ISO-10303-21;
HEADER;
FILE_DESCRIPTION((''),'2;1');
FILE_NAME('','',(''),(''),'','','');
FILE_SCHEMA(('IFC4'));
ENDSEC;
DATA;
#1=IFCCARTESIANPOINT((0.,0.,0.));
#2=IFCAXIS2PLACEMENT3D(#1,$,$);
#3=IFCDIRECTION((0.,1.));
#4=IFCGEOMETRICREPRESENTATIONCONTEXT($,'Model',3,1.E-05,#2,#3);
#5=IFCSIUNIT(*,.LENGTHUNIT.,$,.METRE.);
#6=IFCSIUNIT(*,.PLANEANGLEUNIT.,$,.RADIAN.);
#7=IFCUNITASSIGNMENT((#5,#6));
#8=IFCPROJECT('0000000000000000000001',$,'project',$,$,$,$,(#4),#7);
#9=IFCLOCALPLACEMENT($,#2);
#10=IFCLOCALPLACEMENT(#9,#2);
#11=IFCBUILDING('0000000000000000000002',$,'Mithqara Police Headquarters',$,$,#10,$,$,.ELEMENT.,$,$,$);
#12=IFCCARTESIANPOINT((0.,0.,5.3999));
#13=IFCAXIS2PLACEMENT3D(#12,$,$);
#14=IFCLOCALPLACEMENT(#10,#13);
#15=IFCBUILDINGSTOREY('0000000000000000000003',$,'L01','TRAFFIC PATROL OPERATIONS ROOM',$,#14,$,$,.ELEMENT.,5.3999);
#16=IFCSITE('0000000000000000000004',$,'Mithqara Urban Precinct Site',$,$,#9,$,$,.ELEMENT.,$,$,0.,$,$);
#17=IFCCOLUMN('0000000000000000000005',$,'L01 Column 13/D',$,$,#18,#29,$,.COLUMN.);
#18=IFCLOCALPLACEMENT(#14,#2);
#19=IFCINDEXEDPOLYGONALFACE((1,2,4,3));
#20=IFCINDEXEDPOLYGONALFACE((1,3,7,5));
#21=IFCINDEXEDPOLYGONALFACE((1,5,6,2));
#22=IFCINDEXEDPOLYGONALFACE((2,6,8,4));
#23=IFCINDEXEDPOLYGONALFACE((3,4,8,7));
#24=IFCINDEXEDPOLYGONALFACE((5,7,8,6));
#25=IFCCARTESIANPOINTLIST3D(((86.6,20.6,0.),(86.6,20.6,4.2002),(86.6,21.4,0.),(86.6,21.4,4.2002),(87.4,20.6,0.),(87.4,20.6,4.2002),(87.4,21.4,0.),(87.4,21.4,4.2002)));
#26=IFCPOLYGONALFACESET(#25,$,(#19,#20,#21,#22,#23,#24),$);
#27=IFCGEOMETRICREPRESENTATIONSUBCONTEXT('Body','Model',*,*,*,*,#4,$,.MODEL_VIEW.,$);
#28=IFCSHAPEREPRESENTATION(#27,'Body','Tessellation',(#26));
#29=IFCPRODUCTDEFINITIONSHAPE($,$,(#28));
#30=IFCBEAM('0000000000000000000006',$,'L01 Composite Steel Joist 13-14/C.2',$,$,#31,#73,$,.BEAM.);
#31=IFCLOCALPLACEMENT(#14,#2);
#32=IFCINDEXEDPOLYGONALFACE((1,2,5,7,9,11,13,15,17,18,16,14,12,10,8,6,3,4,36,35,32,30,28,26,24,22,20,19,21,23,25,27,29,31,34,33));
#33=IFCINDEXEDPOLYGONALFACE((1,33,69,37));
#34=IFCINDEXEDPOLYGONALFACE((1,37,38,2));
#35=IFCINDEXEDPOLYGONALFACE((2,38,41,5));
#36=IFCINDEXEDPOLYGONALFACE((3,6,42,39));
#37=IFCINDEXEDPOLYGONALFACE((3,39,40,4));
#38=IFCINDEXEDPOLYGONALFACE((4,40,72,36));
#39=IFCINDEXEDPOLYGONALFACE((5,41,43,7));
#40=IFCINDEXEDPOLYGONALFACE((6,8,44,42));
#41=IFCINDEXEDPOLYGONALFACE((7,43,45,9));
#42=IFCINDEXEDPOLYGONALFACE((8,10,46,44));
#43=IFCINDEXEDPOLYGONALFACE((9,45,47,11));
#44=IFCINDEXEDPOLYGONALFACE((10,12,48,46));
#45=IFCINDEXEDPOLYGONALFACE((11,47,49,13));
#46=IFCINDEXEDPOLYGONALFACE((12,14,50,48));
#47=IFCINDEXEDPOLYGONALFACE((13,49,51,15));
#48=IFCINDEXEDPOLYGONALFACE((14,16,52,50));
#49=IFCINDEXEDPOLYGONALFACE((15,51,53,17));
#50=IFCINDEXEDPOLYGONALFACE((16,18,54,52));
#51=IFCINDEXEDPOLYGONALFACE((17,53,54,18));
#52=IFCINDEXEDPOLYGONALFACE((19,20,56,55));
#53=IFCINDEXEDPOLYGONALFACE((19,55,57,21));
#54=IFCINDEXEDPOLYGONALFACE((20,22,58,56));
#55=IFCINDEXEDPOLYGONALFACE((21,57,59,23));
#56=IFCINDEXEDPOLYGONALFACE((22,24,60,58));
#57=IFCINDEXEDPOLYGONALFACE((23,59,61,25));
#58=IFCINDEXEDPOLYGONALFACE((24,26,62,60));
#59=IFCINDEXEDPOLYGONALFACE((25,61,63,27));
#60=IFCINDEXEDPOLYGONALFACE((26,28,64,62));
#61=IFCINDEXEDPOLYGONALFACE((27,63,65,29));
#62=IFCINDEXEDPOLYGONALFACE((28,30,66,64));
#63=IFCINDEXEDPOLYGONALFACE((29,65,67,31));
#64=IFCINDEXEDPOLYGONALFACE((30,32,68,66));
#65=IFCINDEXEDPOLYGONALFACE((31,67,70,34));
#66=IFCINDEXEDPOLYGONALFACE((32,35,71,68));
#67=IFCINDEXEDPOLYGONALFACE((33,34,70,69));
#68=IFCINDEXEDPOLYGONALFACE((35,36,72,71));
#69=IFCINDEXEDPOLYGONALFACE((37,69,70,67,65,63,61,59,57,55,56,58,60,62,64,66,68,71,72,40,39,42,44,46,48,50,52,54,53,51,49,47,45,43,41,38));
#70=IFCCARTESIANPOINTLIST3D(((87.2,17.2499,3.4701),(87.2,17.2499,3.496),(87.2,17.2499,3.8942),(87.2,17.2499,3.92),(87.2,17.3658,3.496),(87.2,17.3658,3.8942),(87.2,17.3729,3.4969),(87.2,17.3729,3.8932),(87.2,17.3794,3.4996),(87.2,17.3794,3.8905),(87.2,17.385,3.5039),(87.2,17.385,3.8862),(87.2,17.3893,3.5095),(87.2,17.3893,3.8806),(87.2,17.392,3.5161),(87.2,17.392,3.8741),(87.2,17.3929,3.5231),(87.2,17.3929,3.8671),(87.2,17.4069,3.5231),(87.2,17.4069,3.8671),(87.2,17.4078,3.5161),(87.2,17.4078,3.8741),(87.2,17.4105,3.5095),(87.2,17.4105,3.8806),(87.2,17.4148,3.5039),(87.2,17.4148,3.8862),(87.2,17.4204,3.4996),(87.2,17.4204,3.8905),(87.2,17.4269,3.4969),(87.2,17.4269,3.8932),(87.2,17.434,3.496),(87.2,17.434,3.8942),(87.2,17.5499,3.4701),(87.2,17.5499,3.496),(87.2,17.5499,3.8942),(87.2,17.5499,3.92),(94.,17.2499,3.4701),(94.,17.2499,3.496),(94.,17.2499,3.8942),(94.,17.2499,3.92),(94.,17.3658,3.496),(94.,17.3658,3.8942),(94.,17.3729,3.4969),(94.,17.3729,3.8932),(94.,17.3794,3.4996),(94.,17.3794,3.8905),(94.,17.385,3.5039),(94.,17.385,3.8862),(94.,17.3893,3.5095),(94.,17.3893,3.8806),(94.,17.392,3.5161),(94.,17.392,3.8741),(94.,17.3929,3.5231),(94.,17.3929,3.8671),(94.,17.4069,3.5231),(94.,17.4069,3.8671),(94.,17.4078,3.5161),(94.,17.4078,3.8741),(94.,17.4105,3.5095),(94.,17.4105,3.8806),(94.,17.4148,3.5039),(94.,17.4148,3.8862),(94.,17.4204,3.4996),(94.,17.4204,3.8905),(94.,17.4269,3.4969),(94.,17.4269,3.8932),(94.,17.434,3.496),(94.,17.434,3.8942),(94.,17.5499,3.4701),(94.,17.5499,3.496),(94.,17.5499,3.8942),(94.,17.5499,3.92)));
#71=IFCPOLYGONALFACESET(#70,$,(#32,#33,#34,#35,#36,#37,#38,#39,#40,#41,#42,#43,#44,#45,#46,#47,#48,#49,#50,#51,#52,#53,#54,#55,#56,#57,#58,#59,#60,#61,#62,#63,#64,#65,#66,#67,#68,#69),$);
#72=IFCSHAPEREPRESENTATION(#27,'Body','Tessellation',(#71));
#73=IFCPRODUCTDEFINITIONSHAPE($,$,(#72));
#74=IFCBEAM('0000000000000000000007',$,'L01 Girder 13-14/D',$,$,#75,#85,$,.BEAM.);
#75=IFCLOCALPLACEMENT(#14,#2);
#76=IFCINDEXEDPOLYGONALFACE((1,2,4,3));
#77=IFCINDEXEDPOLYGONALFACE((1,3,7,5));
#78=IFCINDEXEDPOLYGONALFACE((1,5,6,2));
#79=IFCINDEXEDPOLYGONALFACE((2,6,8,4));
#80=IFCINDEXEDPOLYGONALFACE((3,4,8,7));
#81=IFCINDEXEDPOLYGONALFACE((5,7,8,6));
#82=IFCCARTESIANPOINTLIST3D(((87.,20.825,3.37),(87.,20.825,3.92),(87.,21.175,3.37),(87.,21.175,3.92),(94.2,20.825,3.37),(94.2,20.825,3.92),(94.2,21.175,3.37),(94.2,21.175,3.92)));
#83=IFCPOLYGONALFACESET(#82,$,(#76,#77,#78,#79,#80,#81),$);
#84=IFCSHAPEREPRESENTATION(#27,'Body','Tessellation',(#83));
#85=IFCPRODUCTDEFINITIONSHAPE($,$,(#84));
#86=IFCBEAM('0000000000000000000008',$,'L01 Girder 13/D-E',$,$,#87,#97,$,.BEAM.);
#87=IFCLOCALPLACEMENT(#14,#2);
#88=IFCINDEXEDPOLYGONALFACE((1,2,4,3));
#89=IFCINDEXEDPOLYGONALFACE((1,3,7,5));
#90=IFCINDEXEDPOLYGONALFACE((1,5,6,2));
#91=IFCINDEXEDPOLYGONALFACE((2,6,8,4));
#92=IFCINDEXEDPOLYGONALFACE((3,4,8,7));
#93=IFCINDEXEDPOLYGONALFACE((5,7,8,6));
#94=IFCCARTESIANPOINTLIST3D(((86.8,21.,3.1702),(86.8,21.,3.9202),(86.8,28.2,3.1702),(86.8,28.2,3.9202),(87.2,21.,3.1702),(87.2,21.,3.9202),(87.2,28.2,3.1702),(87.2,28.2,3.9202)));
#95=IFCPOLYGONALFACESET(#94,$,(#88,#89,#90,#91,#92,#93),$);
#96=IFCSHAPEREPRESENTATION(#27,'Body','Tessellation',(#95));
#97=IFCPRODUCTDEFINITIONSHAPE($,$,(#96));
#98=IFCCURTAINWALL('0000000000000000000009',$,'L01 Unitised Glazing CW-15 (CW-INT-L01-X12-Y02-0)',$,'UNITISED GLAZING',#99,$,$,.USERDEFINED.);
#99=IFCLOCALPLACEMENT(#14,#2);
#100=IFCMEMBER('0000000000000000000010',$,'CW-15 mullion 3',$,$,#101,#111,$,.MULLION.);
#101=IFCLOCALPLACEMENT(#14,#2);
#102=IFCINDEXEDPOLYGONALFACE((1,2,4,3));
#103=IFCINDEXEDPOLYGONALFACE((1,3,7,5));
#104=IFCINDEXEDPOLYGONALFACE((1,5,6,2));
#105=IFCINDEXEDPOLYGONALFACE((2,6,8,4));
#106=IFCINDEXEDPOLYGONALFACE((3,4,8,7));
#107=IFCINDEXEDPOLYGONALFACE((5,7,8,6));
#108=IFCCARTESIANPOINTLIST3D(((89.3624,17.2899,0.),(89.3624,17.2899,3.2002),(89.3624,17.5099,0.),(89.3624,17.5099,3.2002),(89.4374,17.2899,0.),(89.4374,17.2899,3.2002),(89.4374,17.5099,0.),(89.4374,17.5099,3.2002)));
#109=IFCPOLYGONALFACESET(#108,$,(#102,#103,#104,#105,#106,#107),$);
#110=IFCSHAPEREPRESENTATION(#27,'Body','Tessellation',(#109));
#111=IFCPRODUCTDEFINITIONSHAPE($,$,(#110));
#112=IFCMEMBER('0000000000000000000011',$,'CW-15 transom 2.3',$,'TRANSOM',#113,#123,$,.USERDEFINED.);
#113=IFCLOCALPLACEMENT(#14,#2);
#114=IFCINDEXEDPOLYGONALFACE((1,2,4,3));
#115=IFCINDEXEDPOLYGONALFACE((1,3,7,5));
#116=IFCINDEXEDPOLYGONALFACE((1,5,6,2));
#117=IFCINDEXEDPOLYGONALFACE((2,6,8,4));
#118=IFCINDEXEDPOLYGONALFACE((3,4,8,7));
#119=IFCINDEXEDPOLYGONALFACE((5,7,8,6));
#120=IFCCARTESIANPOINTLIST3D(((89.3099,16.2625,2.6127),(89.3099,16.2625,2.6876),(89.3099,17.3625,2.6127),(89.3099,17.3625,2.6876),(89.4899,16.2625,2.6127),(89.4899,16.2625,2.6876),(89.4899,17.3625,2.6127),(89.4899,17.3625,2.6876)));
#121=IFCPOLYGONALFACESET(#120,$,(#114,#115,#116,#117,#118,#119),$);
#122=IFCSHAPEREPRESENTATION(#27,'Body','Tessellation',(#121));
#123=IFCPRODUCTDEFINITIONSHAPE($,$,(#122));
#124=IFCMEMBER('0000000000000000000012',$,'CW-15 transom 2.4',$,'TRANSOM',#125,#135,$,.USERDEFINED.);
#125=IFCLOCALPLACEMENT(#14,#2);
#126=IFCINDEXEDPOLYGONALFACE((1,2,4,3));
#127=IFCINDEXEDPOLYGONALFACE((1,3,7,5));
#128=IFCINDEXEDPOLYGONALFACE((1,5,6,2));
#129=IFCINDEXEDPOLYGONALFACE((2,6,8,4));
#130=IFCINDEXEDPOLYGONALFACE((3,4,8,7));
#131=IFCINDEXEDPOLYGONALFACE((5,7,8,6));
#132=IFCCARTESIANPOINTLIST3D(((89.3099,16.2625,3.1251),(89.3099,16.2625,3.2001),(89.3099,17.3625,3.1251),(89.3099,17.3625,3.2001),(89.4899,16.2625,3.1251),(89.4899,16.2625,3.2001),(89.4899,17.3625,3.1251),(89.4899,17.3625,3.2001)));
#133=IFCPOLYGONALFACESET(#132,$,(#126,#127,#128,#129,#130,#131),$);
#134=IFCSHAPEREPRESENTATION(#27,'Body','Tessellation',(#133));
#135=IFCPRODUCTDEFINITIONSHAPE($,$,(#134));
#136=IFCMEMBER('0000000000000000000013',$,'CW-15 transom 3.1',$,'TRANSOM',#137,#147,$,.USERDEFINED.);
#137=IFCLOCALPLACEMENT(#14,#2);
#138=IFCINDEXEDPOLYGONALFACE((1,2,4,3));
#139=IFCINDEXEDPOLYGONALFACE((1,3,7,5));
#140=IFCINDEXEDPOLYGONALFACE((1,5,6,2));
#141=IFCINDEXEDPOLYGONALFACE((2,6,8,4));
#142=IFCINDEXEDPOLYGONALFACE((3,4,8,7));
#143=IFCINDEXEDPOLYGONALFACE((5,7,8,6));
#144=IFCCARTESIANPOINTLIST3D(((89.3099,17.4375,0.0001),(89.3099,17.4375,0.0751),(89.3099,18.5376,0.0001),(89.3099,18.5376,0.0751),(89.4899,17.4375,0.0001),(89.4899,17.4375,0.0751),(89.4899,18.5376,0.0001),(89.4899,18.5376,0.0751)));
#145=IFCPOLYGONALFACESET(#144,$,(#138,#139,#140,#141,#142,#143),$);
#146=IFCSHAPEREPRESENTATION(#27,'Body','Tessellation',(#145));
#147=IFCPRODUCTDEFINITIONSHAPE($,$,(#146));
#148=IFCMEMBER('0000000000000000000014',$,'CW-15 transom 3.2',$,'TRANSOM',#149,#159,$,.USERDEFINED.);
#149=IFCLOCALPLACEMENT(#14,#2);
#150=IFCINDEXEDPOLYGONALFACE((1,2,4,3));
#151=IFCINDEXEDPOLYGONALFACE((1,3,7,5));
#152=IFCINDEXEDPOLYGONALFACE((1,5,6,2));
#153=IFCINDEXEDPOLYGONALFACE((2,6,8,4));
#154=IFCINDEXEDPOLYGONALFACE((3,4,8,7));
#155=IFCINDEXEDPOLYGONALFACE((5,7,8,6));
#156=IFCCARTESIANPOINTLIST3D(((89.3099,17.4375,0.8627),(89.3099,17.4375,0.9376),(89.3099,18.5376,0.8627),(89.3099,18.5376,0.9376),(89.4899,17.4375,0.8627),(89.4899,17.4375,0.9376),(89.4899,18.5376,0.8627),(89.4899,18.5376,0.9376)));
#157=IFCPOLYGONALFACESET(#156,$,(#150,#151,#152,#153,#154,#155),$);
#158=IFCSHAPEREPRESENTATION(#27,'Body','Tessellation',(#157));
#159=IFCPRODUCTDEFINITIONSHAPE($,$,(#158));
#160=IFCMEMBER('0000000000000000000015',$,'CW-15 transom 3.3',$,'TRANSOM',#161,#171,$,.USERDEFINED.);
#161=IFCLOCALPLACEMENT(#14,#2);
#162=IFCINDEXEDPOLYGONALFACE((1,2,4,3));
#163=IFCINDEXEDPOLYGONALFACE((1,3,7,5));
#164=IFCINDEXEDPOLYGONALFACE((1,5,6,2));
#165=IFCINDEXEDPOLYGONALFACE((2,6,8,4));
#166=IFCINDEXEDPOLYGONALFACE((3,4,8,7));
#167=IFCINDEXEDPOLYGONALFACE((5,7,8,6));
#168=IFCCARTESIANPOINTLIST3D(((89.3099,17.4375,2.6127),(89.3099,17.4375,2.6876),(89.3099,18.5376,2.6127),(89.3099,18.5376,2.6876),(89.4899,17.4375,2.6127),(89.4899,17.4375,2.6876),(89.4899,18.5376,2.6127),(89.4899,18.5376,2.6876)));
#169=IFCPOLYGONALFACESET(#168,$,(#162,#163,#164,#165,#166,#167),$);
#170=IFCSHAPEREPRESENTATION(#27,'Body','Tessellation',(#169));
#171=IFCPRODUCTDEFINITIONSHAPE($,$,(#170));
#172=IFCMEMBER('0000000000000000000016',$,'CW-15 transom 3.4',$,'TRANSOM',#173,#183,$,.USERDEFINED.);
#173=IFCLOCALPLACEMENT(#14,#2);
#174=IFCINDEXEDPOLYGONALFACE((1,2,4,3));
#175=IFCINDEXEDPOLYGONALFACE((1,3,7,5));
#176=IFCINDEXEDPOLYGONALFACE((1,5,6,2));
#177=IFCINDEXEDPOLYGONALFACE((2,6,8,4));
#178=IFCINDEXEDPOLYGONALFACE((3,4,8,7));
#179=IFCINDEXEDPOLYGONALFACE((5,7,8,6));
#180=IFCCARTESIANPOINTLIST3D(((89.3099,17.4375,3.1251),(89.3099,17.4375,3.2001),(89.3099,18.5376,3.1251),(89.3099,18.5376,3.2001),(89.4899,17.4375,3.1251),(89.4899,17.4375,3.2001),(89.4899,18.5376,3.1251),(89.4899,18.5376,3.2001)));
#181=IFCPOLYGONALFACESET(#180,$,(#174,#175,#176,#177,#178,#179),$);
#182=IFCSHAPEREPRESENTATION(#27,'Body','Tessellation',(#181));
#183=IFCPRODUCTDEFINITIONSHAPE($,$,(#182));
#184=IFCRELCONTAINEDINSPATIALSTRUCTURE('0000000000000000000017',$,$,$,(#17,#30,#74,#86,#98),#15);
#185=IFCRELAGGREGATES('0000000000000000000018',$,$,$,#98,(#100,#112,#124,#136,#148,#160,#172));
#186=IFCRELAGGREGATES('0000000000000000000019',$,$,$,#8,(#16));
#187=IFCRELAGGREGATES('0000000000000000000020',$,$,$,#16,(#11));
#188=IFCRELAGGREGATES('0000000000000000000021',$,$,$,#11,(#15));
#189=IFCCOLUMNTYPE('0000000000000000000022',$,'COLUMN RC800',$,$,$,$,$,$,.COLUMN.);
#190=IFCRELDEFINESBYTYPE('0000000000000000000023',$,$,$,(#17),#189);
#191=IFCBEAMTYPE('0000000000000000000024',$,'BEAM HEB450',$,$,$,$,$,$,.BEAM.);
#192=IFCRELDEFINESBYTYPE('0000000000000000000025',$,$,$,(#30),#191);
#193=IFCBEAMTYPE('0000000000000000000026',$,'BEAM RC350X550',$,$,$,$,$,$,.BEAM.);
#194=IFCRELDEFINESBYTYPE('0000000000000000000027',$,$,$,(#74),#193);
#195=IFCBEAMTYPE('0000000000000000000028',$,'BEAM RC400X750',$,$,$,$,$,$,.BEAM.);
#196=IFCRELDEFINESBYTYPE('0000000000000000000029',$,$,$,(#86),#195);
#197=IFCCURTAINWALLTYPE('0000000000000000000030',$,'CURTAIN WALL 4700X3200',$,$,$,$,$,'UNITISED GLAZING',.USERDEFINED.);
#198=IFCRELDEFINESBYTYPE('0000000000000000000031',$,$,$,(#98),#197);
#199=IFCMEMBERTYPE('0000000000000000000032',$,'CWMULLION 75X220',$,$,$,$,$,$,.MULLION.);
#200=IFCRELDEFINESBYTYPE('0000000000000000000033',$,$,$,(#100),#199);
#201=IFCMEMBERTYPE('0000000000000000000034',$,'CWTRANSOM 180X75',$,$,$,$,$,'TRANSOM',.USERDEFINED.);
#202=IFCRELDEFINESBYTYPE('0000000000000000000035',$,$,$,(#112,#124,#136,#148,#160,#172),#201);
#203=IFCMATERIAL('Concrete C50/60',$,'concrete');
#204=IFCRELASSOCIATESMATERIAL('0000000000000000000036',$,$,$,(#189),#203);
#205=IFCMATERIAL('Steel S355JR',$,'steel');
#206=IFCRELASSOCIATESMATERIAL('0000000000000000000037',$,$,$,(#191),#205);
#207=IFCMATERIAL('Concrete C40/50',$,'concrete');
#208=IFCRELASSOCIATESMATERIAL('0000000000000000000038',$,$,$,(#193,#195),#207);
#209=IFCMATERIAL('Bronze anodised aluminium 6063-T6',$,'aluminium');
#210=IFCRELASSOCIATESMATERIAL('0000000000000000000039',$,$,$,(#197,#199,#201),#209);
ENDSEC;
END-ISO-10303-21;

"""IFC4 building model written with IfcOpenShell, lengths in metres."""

from ifc_helpers import new_model, si_unit, direction, frame, origin, origin_2d, place, context, subcontext, project, spatial, rectangle, i_section, extrude, material, material_profile, profile_set, type_object, element, aggregate, save


model = new_model("IFC4")

# Units and contexts
model_context = context("Model", 3, precision=1e-05, world=origin(), true_north=direction((0.0, 1.0)))
body_context = subcontext(model_context, "Body", "Model", "MODEL_VIEW")
ifc_project = project(units=[si_unit("LENGTHUNIT", "METRE"), si_unit("PLANEANGLEUNIT", "RADIAN")], contexts=[model_context])

# Site, building, storey
site_placement = place(None, origin())
site = spatial("IfcSite", under=ifc_project, at=site_placement, Name="Mithqara Urban Precinct Site", CompositionType="ELEMENT", RefElevation=0.0)
building_placement = place(site_placement, origin())
building = spatial("IfcBuilding", under=site, at=building_placement, Name="Mithqara Police Headquarters", CompositionType="ELEMENT")
storey_placement = place(building_placement, frame((0.0, 0.0, 5.3999)))
storey = spatial("IfcBuildingStorey", under=building, at=storey_placement, Name="L01", Description="TRAFFIC PATROL OPERATIONS ROOM", CompositionType="ELEMENT", Elevation=5.3999)

# Column
ifc_material_1 = material(Name="Concrete C50/60", Category="concrete")
ifc_material_profile_1 = material_profile(ifc_material_1, rectangle(XDim=0.8, YDim=0.8, at=origin_2d()), Name="RC 800x800")
ifc_profile_set_1 = profile_set([ifc_material_profile_1], Name="Concrete C50/60")
column_type = type_object("IfcColumnType", Name="COLUMN RC800", PredefinedType="COLUMN", material=ifc_profile_set_1)
column_placement = place(storey_placement, frame((87.0, 21.0, 0.0), z_axis=(0.0, 0.0, 1.0), x_axis=(1.0, 0.0, 0.0)))
element("IfcColumn", 1, at=column_placement, inside=storey, type_object=column_type, Name="L01 Column 13/D", PredefinedType="COLUMN", context=body_context, shape_type="SweptSolid", body=[
    extrude(rectangle(XDim=0.8, YDim=0.8, at=origin_2d()), origin(), (0.0, 0.0, 1.0), 4.2002),
])

# Beams
ifc_material_2 = material(Name="Steel S355JR", Category="steel")
ifc_material_profile_2 = material_profile(ifc_material_2, i_section(OverallWidth=0.3, OverallDepth=0.45, WebThickness=0.0139, FlangeThickness=0.0259, FilletRadius=0.0271, at=origin_2d()), Name="HEB 450")
ifc_profile_set_2 = profile_set([ifc_material_profile_2], Name="Steel S355JR")
beam_type_1 = type_object("IfcBeamType", Name="BEAM HEB450", PredefinedType="BEAM", material=ifc_profile_set_2)
beam_1_placement = place(storey_placement, frame((87.2, 17.3999, 3.6951), z_axis=(1.0, 0.0, 0.0), x_axis=(0.0, 1.0, 0.0)))
element("IfcBeam", 2, at=beam_1_placement, inside=storey, type_object=beam_type_1, Name="L01 Composite Steel Joist 13-14/C.2", PredefinedType="BEAM", context=body_context, shape_type="SweptSolid", body=[
    extrude(i_section(OverallWidth=0.3, OverallDepth=0.45, WebThickness=0.0139, FlangeThickness=0.0259, FilletRadius=0.0271, at=origin_2d()), origin(), (0.0, 0.0, 1.0), 6.8),
])
ifc_material_3 = material(Name="Concrete C40/50", Category="concrete")
ifc_material_profile_3 = material_profile(ifc_material_3, rectangle(XDim=0.3501, YDim=0.55, at=origin_2d()), Name="RC 350x550")
ifc_profile_set_3 = profile_set([ifc_material_profile_3], Name="Concrete C40/50")
beam_type_2 = type_object("IfcBeamType", Name="BEAM RC350X550", PredefinedType="BEAM", material=ifc_profile_set_3)
beam_2_placement = place(storey_placement, frame((87.0, 21.0, 3.645), z_axis=(1.0, 0.0, 0.0), x_axis=(0.0, 1.0, 0.0)))
element("IfcBeam", 3, at=beam_2_placement, inside=storey, type_object=beam_type_2, Name="L01 Girder 13-14/D", PredefinedType="BEAM", context=body_context, shape_type="SweptSolid", body=[
    extrude(rectangle(XDim=0.3501, YDim=0.55, at=origin_2d()), origin(), (0.0, 0.0, 1.0), 7.2),
])
ifc_material_profile_4 = material_profile(ifc_material_3, rectangle(XDim=0.3999, YDim=0.75, at=origin_2d()), Name="RC 400x750")
ifc_profile_set_4 = profile_set([ifc_material_profile_4], Name="Concrete C40/50")
beam_type_3 = type_object("IfcBeamType", Name="BEAM RC400X750", PredefinedType="BEAM", material=ifc_profile_set_4)
beam_3_placement = place(storey_placement, frame((87.0, 21.0, 3.5452), z_axis=(0.0, 1.0, 0.0), x_axis=(-1.0, 0.0, 0.0)))
element("IfcBeam", 4, at=beam_3_placement, inside=storey, type_object=beam_type_3, Name="L01 Girder 13/D-E", PredefinedType="BEAM", context=body_context, shape_type="SweptSolid", body=[
    extrude(rectangle(XDim=0.3999, YDim=0.75, at=origin_2d()), origin(), (0.0, 0.0, 1.0), 7.2),
])

# Curtain wall, members
ifc_material_4 = material(Name="Bronze anodised aluminium 6063-T6", Category="aluminium")
curtain_wall_type = type_object("IfcCurtainWallType", Name="CURTAIN WALL 4700X3200", ElementType="UNITISED GLAZING", PredefinedType="USERDEFINED", material=ifc_material_4)
curtain_wall_placement = place(storey_placement, origin())
curtain_wall = element("IfcCurtainWall", 5, at=curtain_wall_placement, inside=storey, type_object=curtain_wall_type, Name="L01 Unitised Glazing CW-15 (CW-INT-L01-X12-Y02-0)", ObjectType="UNITISED GLAZING", PredefinedType="USERDEFINED")
ifc_material_profile_5 = material_profile(ifc_material_4, rectangle(XDim=0.075, YDim=0.22, at=origin_2d()), Name="CWM 75x220")
ifc_profile_set_5 = profile_set([ifc_material_profile_5], Name="Bronze anodised aluminium 6063-T6")
member_type_1 = type_object("IfcMemberType", Name="CWMULLION 75X220", PredefinedType="MULLION", material=ifc_profile_set_5)
member_1_placement = place(storey_placement, frame((89.3999, 17.3999, 0.0), z_axis=(0.0, 0.0, 1.0), x_axis=(-1.0, 0.0, 0.0)))
member_1 = element("IfcMember", 6, at=member_1_placement, type_object=member_type_1, Name="CW-15 mullion 3", PredefinedType="MULLION", context=body_context, shape_type="SweptSolid", body=[
    extrude(rectangle(XDim=0.075, YDim=0.22, at=origin_2d()), origin(), (0.0, 0.0, 1.0), 3.2002),
])
ifc_material_profile_6 = material_profile(ifc_material_4, rectangle(XDim=0.1799, YDim=0.075, at=origin_2d()), Name="CWT 180x75")
ifc_profile_set_6 = profile_set([ifc_material_profile_6], Name="Bronze anodised aluminium 6063-T6")
member_type_2 = type_object("IfcMemberType", Name="CWTRANSOM 180X75", ElementType="TRANSOM", PredefinedType="USERDEFINED", material=ifc_profile_set_6)
member_2_placement = place(storey_placement, frame((89.3999, 16.2625, 2.6501), z_axis=(0.0, 1.0, 0.0), x_axis=(-1.0, 0.0, 0.0)))
member_2 = element("IfcMember", 7, at=member_2_placement, type_object=member_type_2, Name="CW-15 transom 2.3", ObjectType="TRANSOM", PredefinedType="USERDEFINED", context=body_context, shape_type="SweptSolid", body=[
    extrude(rectangle(XDim=0.1799, YDim=0.075, at=origin_2d()), origin(), (0.0, 0.0, 1.0), 1.1001),
])
member_3_placement = place(storey_placement, frame((89.3999, 16.2625, 3.1626), z_axis=(0.0, 1.0, 0.0), x_axis=(-1.0, 0.0, 0.0)))
member_3 = element("IfcMember", 8, at=member_3_placement, type_object=member_type_2, Name="CW-15 transom 2.4", ObjectType="TRANSOM", PredefinedType="USERDEFINED", context=body_context, shape_type="SweptSolid", body=[
    extrude(rectangle(XDim=0.1799, YDim=0.075, at=origin_2d()), origin(), (0.0, 0.0, 1.0), 1.1001),
])
member_4_placement = place(storey_placement, frame((89.3999, 17.4375, 0.0376), z_axis=(0.0, 1.0, 0.0), x_axis=(-1.0, 0.0, 0.0)))
member_4 = element("IfcMember", 9, at=member_4_placement, type_object=member_type_2, Name="CW-15 transom 3.1", ObjectType="TRANSOM", PredefinedType="USERDEFINED", context=body_context, shape_type="SweptSolid", body=[
    extrude(rectangle(XDim=0.1799, YDim=0.075, at=origin_2d()), origin(), (0.0, 0.0, 1.0), 1.1001),
])
member_5_placement = place(storey_placement, frame((89.3999, 17.4375, 0.9001), z_axis=(0.0, 1.0, 0.0), x_axis=(-1.0, 0.0, 0.0)))
member_5 = element("IfcMember", 10, at=member_5_placement, type_object=member_type_2, Name="CW-15 transom 3.2", ObjectType="TRANSOM", PredefinedType="USERDEFINED", context=body_context, shape_type="SweptSolid", body=[
    extrude(rectangle(XDim=0.1799, YDim=0.075, at=origin_2d()), origin(), (0.0, 0.0, 1.0), 1.1001),
])
member_6_placement = place(storey_placement, frame((89.3999, 17.4375, 2.6501), z_axis=(0.0, 1.0, 0.0), x_axis=(-1.0, 0.0, 0.0)))
member_6 = element("IfcMember", 11, at=member_6_placement, type_object=member_type_2, Name="CW-15 transom 3.3", ObjectType="TRANSOM", PredefinedType="USERDEFINED", context=body_context, shape_type="SweptSolid", body=[
    extrude(rectangle(XDim=0.1799, YDim=0.075, at=origin_2d()), origin(), (0.0, 0.0, 1.0), 1.1001),
])
member_7_placement = place(storey_placement, frame((89.3999, 17.4375, 3.1626), z_axis=(0.0, 1.0, 0.0), x_axis=(-1.0, 0.0, 0.0)))
member_7 = element("IfcMember", 12, at=member_7_placement, type_object=member_type_2, Name="CW-15 transom 3.4", ObjectType="TRANSOM", PredefinedType="USERDEFINED", context=body_context, shape_type="SweptSolid", body=[
    extrude(rectangle(XDim=0.1799, YDim=0.075, at=origin_2d()), origin(), (0.0, 0.0, 1.0), 1.1001),
])

aggregate(curtain_wall, [member_1, member_2, member_3, member_4, member_5, member_6, member_7])

save(model, "model.ifc")
